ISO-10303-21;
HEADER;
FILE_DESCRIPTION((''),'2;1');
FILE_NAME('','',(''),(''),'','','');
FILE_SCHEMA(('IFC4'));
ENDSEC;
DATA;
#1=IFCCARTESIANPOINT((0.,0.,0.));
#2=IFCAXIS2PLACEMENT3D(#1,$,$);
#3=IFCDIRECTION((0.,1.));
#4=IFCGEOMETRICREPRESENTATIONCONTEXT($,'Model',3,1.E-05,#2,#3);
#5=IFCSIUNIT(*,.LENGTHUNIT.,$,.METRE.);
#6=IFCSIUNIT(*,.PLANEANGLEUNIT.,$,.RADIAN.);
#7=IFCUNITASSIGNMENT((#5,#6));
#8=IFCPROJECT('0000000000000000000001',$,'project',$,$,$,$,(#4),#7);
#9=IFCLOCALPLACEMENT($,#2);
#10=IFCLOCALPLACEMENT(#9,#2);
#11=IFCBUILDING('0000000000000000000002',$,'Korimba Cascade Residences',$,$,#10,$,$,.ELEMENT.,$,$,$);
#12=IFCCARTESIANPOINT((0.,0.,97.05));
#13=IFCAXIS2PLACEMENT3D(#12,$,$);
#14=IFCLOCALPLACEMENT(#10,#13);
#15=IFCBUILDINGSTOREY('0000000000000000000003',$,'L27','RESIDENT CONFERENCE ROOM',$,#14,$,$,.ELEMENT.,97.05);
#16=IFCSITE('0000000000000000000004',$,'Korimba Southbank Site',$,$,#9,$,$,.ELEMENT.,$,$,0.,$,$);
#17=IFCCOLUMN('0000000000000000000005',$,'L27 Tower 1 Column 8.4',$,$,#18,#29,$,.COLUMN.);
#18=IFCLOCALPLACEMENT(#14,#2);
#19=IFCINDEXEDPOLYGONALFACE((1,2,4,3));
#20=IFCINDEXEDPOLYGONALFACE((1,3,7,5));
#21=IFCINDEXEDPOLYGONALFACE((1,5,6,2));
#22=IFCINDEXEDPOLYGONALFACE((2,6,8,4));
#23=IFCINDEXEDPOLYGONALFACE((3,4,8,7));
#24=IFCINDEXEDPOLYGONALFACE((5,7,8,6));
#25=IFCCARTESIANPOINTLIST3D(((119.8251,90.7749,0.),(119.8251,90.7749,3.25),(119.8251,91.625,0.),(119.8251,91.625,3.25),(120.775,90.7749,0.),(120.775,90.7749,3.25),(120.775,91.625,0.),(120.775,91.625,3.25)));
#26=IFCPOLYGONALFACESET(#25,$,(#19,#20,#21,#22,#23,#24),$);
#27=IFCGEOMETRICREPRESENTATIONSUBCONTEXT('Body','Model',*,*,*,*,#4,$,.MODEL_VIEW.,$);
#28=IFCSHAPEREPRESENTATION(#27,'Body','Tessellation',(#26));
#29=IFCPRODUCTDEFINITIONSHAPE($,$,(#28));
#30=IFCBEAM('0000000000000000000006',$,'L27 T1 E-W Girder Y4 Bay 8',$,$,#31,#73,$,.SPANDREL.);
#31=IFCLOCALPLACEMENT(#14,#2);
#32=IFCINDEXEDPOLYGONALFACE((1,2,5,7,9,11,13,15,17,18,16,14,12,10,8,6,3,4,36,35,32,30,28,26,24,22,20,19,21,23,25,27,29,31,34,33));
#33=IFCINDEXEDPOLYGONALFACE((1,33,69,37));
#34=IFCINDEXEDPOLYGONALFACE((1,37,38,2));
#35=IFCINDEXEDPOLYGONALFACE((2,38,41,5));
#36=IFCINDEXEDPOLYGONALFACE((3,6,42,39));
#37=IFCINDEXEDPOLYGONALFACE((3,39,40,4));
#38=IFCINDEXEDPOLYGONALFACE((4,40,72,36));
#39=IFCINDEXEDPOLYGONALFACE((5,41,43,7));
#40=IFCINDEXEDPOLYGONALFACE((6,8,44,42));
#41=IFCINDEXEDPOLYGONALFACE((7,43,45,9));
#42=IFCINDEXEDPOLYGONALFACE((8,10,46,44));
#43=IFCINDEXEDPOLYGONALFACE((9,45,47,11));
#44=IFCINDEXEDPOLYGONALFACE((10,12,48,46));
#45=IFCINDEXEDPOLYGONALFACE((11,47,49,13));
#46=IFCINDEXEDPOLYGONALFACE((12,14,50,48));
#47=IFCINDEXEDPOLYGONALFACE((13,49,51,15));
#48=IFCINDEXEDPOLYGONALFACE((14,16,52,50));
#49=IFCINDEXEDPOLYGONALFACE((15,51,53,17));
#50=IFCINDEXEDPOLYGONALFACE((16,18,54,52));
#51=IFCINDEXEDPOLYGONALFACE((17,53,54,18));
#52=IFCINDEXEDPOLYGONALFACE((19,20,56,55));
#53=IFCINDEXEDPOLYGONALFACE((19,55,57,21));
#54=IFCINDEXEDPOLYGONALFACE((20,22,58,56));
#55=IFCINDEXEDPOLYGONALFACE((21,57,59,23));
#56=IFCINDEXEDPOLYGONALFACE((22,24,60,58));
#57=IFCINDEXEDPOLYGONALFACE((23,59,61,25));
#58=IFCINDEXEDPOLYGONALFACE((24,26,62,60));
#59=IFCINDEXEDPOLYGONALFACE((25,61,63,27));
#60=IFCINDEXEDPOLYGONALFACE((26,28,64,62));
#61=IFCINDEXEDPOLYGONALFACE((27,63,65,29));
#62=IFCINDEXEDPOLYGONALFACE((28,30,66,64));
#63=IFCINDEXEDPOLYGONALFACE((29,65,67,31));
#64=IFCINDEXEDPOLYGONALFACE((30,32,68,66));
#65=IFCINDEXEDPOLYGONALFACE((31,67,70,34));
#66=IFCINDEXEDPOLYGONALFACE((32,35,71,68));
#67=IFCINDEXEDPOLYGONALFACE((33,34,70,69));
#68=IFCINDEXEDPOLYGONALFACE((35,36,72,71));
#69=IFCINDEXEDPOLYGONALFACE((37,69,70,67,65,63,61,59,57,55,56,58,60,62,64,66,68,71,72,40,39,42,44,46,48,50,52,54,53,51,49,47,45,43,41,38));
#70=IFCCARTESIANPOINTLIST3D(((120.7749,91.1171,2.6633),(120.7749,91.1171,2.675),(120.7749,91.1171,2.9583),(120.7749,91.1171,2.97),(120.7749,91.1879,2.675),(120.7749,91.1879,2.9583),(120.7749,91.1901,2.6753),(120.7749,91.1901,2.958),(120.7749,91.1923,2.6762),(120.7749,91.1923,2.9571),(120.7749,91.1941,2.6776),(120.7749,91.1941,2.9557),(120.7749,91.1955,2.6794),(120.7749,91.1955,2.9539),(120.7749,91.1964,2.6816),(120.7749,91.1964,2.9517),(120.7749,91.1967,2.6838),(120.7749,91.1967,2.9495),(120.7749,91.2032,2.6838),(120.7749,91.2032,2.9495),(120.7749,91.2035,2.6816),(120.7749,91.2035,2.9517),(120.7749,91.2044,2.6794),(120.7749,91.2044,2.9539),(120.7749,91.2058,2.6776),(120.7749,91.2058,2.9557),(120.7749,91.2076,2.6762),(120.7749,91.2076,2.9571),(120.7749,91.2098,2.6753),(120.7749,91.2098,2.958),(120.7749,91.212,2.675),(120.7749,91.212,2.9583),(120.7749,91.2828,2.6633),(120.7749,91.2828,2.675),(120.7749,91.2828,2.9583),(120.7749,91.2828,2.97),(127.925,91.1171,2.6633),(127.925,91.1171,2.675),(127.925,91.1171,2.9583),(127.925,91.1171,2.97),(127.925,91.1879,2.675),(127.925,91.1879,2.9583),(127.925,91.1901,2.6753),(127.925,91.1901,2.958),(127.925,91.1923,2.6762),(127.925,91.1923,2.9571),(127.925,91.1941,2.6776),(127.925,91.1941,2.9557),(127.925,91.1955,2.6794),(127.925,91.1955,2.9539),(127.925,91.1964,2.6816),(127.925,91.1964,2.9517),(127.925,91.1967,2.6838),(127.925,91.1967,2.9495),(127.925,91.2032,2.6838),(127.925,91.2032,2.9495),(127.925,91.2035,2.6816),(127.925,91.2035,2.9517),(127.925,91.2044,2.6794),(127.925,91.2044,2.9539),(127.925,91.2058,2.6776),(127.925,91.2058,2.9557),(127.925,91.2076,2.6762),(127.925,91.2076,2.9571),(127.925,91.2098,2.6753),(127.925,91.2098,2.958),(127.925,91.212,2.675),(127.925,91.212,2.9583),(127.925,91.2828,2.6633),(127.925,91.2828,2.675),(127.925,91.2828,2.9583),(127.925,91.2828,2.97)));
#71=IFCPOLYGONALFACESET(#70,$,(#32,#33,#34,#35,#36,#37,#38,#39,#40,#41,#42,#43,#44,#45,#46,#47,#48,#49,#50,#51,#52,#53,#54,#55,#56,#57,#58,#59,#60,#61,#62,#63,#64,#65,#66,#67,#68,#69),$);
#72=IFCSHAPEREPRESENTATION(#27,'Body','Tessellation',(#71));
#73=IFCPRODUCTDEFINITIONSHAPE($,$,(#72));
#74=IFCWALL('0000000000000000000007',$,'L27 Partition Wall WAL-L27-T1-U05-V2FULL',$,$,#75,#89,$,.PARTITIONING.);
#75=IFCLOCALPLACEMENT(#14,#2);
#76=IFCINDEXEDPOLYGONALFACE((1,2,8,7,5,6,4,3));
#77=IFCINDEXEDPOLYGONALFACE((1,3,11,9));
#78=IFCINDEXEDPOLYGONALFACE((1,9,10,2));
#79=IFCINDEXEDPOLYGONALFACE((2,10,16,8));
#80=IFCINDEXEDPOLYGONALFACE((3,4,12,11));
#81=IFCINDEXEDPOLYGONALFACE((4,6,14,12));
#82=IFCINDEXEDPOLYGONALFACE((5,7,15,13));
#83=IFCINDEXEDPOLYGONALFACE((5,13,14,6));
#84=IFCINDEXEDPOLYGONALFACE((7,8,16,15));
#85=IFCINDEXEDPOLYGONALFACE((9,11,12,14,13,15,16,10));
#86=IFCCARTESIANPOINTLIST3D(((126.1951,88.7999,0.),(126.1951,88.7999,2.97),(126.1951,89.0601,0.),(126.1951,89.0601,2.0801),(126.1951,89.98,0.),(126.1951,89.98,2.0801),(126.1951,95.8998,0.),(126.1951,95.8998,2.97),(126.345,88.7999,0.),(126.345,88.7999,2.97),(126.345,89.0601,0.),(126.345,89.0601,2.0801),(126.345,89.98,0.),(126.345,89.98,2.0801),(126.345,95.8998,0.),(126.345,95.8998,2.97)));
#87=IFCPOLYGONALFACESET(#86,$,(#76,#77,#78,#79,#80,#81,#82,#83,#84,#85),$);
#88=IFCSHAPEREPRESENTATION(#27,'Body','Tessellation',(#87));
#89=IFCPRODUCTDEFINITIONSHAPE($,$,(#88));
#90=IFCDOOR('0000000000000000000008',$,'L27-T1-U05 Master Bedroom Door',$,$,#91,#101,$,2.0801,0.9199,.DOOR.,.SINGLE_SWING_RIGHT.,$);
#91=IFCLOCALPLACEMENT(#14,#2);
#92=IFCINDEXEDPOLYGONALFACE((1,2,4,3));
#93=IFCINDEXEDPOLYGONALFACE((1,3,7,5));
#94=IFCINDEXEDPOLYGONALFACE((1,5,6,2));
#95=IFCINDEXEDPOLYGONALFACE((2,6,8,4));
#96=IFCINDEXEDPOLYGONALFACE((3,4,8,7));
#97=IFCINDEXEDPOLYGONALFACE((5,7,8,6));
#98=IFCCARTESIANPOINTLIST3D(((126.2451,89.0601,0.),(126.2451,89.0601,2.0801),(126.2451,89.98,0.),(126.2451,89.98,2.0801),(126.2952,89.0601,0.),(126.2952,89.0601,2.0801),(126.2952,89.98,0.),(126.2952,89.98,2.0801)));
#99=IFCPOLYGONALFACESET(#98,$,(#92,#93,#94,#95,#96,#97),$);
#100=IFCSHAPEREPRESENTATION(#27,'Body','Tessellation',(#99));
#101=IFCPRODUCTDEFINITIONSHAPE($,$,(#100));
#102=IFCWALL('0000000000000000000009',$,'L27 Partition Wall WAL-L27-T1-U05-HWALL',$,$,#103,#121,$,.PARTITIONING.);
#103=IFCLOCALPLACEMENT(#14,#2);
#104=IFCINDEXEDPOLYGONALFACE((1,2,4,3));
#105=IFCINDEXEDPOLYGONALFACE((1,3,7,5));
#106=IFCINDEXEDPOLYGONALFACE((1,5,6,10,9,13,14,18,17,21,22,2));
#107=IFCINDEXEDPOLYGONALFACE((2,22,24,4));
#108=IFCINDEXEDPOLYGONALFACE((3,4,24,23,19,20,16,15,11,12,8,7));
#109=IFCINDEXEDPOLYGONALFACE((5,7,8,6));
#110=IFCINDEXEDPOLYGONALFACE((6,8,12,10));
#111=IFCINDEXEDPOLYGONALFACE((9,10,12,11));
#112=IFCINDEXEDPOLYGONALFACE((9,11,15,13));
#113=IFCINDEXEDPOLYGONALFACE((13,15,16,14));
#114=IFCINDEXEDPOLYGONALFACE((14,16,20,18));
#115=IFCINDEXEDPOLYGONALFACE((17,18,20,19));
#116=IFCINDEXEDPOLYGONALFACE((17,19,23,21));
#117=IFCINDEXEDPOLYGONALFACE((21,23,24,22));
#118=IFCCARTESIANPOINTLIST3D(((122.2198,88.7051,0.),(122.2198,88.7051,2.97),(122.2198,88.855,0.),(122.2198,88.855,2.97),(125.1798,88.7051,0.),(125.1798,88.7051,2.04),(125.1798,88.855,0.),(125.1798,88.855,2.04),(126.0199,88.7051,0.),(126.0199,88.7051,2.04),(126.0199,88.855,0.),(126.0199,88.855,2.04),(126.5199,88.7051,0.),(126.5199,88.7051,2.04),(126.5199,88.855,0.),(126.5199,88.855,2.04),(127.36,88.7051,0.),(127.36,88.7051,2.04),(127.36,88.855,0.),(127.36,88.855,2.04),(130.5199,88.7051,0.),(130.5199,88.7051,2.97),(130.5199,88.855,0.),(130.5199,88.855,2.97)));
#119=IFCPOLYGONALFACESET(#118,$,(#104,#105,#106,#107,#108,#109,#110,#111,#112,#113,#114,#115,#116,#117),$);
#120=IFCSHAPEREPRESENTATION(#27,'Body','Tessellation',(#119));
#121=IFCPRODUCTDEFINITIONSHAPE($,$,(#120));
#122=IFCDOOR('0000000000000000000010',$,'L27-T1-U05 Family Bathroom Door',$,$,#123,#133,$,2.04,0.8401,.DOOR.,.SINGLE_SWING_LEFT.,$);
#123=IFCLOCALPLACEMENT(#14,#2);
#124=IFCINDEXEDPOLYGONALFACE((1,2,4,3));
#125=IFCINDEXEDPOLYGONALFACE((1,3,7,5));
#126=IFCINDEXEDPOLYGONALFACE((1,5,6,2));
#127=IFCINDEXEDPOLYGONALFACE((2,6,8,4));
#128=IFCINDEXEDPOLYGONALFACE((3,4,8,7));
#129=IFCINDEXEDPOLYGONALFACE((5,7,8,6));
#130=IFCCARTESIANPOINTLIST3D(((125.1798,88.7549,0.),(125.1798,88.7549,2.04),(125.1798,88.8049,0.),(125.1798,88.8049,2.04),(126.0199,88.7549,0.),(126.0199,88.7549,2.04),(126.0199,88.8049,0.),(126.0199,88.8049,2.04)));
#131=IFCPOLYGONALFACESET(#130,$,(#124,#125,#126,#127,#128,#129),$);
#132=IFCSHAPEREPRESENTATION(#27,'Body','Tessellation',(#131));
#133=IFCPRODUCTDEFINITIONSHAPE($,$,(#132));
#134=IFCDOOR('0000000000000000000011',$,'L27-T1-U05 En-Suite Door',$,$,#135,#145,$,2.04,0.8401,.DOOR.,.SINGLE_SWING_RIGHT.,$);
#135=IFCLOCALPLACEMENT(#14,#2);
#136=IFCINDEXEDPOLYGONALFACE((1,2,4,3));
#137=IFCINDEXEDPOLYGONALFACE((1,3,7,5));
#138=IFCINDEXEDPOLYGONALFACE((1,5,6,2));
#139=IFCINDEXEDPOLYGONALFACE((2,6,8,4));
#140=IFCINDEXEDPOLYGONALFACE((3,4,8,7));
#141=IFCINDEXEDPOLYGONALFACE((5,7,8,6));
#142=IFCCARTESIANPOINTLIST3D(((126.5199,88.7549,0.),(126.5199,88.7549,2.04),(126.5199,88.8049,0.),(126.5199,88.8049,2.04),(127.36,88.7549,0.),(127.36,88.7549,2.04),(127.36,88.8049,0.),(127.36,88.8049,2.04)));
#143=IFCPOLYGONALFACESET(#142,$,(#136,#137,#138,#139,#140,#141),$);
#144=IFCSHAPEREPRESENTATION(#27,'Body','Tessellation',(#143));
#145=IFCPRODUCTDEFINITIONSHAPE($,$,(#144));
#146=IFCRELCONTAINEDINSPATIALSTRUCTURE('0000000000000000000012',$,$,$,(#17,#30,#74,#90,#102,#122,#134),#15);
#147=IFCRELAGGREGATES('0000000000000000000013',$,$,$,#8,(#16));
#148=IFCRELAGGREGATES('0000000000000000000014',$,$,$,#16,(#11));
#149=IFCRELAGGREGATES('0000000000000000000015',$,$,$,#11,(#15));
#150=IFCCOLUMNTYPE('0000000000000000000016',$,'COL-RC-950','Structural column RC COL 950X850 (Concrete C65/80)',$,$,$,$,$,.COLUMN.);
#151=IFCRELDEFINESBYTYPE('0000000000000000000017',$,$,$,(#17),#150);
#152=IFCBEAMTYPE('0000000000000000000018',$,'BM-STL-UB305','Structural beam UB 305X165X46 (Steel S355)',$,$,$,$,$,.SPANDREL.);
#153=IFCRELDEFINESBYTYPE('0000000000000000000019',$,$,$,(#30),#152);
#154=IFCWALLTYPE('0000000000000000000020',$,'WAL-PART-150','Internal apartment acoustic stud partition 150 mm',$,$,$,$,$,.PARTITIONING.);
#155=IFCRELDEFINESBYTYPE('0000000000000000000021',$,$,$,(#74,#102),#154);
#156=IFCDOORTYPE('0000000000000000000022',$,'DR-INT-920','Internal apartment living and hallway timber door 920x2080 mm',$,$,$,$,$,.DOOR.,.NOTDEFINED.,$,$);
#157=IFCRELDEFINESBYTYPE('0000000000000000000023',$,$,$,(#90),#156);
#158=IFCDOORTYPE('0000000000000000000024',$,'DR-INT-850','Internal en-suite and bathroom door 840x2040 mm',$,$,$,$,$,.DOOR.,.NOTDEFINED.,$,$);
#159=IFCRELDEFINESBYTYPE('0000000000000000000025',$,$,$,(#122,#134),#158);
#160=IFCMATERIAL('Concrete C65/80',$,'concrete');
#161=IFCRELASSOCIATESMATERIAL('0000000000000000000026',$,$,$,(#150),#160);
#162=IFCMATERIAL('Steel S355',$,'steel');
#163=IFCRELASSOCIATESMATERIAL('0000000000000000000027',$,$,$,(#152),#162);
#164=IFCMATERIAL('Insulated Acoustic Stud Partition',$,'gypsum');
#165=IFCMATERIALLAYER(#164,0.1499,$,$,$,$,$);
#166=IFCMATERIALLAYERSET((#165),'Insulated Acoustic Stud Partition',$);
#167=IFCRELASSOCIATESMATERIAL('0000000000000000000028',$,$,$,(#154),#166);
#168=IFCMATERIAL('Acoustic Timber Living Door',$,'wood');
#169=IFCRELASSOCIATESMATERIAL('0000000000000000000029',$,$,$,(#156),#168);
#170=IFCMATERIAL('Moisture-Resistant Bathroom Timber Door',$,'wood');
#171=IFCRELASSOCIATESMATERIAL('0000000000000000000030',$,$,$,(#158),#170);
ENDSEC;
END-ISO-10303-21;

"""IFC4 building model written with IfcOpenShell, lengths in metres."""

from ifc_helpers import new_model, si_unit, direction, frame, frame_2d, origin, origin_2d, place, context, subcontext, project, spatial, rectangle, i_section, extrude, material, layer, layer_set, material_profile, profile_set, type_object, element, fill, save


model = new_model("IFC4")

# Units and contexts
model_context = context("Model", 3, precision=1e-05, world=origin(), true_north=direction((0.0, 1.0)))
body_context = subcontext(model_context, "Body", "Model", "MODEL_VIEW")
ifc_project = project(units=[si_unit("LENGTHUNIT", "METRE"), si_unit("PLANEANGLEUNIT", "RADIAN")], contexts=[model_context])

# Site, building, storey
site_placement = place(None, origin())
site = spatial("IfcSite", under=ifc_project, at=site_placement, Name="Korimba Southbank Site", CompositionType="ELEMENT", RefElevation=0.0)
building_placement = place(site_placement, origin())
building = spatial("IfcBuilding", under=site, at=building_placement, Name="Korimba Cascade Residences", CompositionType="ELEMENT")
storey_placement = place(building_placement, frame((0.0, 0.0, 97.05)))
storey = spatial("IfcBuildingStorey", under=building, at=storey_placement, Name="L27", Description="RESIDENT CONFERENCE ROOM", CompositionType="ELEMENT", Elevation=97.05)

# Column
ifc_material_1 = material(Name="Concrete C65/80", Category="concrete")
ifc_material_profile_1 = material_profile(ifc_material_1, rectangle(XDim=0.95, YDim=0.8501, at=origin_2d()), Name="Concrete C65/80")
ifc_profile_set_1 = profile_set([ifc_material_profile_1], Name="Concrete C65/80")
column_type = type_object("IfcColumnType", Name="COL-RC-950", Description="Structural column RC COL 950X850 (Concrete C65/80)", PredefinedType="COLUMN", material=ifc_profile_set_1)
column_placement = place(storey_placement, frame((120.3, 91.2, 0.0), z_axis=(0.0, 0.0, 1.0), x_axis=(1.0, 0.0, 0.0)))
element("IfcColumn", 1, at=column_placement, inside=storey, type_object=column_type, Name="L27 Tower 1 Column 8.4", PredefinedType="COLUMN", context=body_context, shape_type="SweptSolid", body=[
    extrude(rectangle(XDim=0.95, YDim=0.8501, at=origin_2d()), origin(), (0.0, 0.0, 1.0), 3.25),
])

# Beam
ifc_material_2 = material(Name="Steel S355", Category="steel")
ifc_material_profile_2 = material_profile(ifc_material_2, i_section(OverallWidth=0.1658, OverallDepth=0.3066, WebThickness=0.0066, FlangeThickness=0.0117, FilletRadius=0.0088, at=origin_2d()), Name="Steel S355")
ifc_profile_set_2 = profile_set([ifc_material_profile_2], Name="Steel S355")
beam_type = type_object("IfcBeamType", Name="BM-STL-UB305", Description="Structural beam UB 305X165X46 (Steel S355)", PredefinedType="SPANDREL", material=ifc_profile_set_2)
beam_placement = place(storey_placement, frame((120.7749, 91.2, 2.8167), z_axis=(1.0, 0.0, 0.0), x_axis=(0.0, 1.0, 0.0)))
element("IfcBeam", 2, at=beam_placement, inside=storey, type_object=beam_type, Name="L27 T1 E-W Girder Y4 Bay 8", PredefinedType="SPANDREL", context=body_context, shape_type="SweptSolid", body=[
    extrude(i_section(OverallWidth=0.1658, OverallDepth=0.3066, WebThickness=0.0066, FlangeThickness=0.0117, FilletRadius=0.0088, at=origin_2d()), origin(), (0.0, 0.0, 1.0), 7.1501),
])

# Wall, opening, door
ifc_material_3 = material(Name="Insulated Acoustic Stud Partition", Category="gypsum")
ifc_layer = layer(ifc_material_3, 0.1499)
ifc_layer_set = layer_set([ifc_layer], Name="Insulated Acoustic Stud Partition")
wall_type = type_object("IfcWallType", Name="WAL-PART-150", Description="Internal apartment acoustic stud partition 150 mm", PredefinedType="PARTITIONING", material=ifc_layer_set)
wall_1_placement = place(storey_placement, frame((126.27, 88.8, 0.0), z_axis=(0.0, 0.0, 1.0), x_axis=(0.0, 1.0, 0.0)))
wall_1 = element("IfcWall", 3, at=wall_1_placement, inside=storey, type_object=wall_type, Name="L27 Partition Wall WAL-L27-T1-U05-V2FULL", PredefinedType="PARTITIONING", context=body_context, shape_type="SweptSolid", body=[
    extrude(rectangle(XDim=7.0999, YDim=0.1499, at=frame_2d((3.5498, 0.0))), origin(), (0.0, 0.0, 1.0), 2.97),
])
opening_1_placement = place(wall_1_placement, frame((0.26, 0.0, 0.0)))
opening_1 = element("IfcOpeningElement", 4, at=opening_1_placement, cuts=wall_1, PredefinedType="OPENING", context=body_context, shape_type="SweptSolid", body=[
    extrude(rectangle(XDim=0.9199, YDim=2.0801, at=frame_2d((0.46, 1.04))), frame((0.0, 0.085, 0.0), z_axis=(0.0, -1.0, 0.0), x_axis=(1.0, 0.0, 0.0)), (0.0, 0.0, 1.0), 0.1699),
])
ifc_material_4 = material(Name="Acoustic Timber Living Door", Category="wood")
door_type_1 = type_object("IfcDoorType", Name="DR-INT-920", Description="Internal apartment living and hallway timber door 920x2080 mm", OperationType="NOTDEFINED", PredefinedType="DOOR", material=ifc_material_4)
door_1_placement = place(opening_1_placement, origin())
door_1 = element("IfcDoor", 5, at=door_1_placement, inside=storey, type_object=door_type_1, Name="L27-T1-U05 Master Bedroom Door", OperationType="SINGLE_SWING_RIGHT", OverallHeight=2.0801, OverallWidth=0.9199, PredefinedType="DOOR", context=body_context, shape_type="SweptSolid", body=[
    extrude(rectangle(XDim=0.9199, YDim=2.0801, at=frame_2d((0.46, 1.04))), frame((0.0, 0.0249, 0.0), z_axis=(0.0, -1.0, 0.0), x_axis=(1.0, 0.0, 0.0)), (0.0, 0.0, 1.0), 0.05),
])
fill(opening_1, door_1)

# Wall, openings, doors
wall_2_placement = place(storey_placement, frame((122.22, 88.78, 0.0), z_axis=(0.0, 0.0, 1.0), x_axis=(1.0, 0.0, 0.0)))
wall_2 = element("IfcWall", 6, at=wall_2_placement, inside=storey, type_object=wall_type, Name="L27 Partition Wall WAL-L27-T1-U05-HWALL", PredefinedType="PARTITIONING", context=body_context, shape_type="SweptSolid", body=[
    extrude(rectangle(XDim=8.3, YDim=0.1499, at=frame_2d((4.1499, 0.0))), origin(), (0.0, 0.0, 1.0), 2.97),
])
opening_2_placement = place(wall_2_placement, frame((2.96, 0.0, 0.0)))
opening_2 = element("IfcOpeningElement", 7, at=opening_2_placement, cuts=wall_2, PredefinedType="OPENING", context=body_context, shape_type="SweptSolid", body=[
    extrude(rectangle(XDim=0.8401, YDim=2.04, at=frame_2d((0.4199, 1.02))), frame((0.0, 0.085, 0.0), z_axis=(0.0, -1.0, 0.0), x_axis=(1.0, 0.0, 0.0)), (0.0, 0.0, 1.0), 0.1699),
])
opening_3_placement = place(wall_2_placement, frame((4.3, 0.0, 0.0)))
opening_3 = element("IfcOpeningElement", 8, at=opening_3_placement, cuts=wall_2, PredefinedType="OPENING", context=body_context, shape_type="SweptSolid", body=[
    extrude(rectangle(XDim=0.8401, YDim=2.04, at=frame_2d((0.4199, 1.02))), frame((0.0, 0.085, 0.0), z_axis=(0.0, -1.0, 0.0), x_axis=(1.0, 0.0, 0.0)), (0.0, 0.0, 1.0), 0.1699),
])
ifc_material_5 = material(Name="Moisture-Resistant Bathroom Timber Door", Category="wood")
door_type_2 = type_object("IfcDoorType", Name="DR-INT-850", Description="Internal en-suite and bathroom door 840x2040 mm", OperationType="NOTDEFINED", PredefinedType="DOOR", material=ifc_material_5)
door_2_placement = place(opening_2_placement, origin())
door_2 = element("IfcDoor", 9, at=door_2_placement, inside=storey, type_object=door_type_2, Name="L27-T1-U05 Family Bathroom Door", OperationType="SINGLE_SWING_LEFT", OverallHeight=2.04, OverallWidth=0.8401, PredefinedType="DOOR", context=body_context, shape_type="SweptSolid", body=[
    extrude(rectangle(XDim=0.8401, YDim=2.04, at=frame_2d((0.4199, 1.02))), frame((0.0, 0.0249, 0.0), z_axis=(0.0, -1.0, 0.0), x_axis=(1.0, 0.0, 0.0)), (0.0, 0.0, 1.0), 0.05),
])
fill(opening_2, door_2)
door_3_placement = place(opening_3_placement, origin())
door_3 = element("IfcDoor", 10, at=door_3_placement, inside=storey, type_object=door_type_2, Name="L27-T1-U05 En-Suite Door", OperationType="SINGLE_SWING_RIGHT", OverallHeight=2.04, OverallWidth=0.8401, PredefinedType="DOOR", context=body_context, shape_type="SweptSolid", body=[
    extrude(rectangle(XDim=0.8401, YDim=2.04, at=frame_2d((0.4199, 1.02))), frame((0.0, 0.0249, 0.0), z_axis=(0.0, -1.0, 0.0), x_axis=(1.0, 0.0, 0.0)), (0.0, 0.0, 1.0), 0.05),
])
fill(opening_3, door_3)

save(model, "model.ifc")
